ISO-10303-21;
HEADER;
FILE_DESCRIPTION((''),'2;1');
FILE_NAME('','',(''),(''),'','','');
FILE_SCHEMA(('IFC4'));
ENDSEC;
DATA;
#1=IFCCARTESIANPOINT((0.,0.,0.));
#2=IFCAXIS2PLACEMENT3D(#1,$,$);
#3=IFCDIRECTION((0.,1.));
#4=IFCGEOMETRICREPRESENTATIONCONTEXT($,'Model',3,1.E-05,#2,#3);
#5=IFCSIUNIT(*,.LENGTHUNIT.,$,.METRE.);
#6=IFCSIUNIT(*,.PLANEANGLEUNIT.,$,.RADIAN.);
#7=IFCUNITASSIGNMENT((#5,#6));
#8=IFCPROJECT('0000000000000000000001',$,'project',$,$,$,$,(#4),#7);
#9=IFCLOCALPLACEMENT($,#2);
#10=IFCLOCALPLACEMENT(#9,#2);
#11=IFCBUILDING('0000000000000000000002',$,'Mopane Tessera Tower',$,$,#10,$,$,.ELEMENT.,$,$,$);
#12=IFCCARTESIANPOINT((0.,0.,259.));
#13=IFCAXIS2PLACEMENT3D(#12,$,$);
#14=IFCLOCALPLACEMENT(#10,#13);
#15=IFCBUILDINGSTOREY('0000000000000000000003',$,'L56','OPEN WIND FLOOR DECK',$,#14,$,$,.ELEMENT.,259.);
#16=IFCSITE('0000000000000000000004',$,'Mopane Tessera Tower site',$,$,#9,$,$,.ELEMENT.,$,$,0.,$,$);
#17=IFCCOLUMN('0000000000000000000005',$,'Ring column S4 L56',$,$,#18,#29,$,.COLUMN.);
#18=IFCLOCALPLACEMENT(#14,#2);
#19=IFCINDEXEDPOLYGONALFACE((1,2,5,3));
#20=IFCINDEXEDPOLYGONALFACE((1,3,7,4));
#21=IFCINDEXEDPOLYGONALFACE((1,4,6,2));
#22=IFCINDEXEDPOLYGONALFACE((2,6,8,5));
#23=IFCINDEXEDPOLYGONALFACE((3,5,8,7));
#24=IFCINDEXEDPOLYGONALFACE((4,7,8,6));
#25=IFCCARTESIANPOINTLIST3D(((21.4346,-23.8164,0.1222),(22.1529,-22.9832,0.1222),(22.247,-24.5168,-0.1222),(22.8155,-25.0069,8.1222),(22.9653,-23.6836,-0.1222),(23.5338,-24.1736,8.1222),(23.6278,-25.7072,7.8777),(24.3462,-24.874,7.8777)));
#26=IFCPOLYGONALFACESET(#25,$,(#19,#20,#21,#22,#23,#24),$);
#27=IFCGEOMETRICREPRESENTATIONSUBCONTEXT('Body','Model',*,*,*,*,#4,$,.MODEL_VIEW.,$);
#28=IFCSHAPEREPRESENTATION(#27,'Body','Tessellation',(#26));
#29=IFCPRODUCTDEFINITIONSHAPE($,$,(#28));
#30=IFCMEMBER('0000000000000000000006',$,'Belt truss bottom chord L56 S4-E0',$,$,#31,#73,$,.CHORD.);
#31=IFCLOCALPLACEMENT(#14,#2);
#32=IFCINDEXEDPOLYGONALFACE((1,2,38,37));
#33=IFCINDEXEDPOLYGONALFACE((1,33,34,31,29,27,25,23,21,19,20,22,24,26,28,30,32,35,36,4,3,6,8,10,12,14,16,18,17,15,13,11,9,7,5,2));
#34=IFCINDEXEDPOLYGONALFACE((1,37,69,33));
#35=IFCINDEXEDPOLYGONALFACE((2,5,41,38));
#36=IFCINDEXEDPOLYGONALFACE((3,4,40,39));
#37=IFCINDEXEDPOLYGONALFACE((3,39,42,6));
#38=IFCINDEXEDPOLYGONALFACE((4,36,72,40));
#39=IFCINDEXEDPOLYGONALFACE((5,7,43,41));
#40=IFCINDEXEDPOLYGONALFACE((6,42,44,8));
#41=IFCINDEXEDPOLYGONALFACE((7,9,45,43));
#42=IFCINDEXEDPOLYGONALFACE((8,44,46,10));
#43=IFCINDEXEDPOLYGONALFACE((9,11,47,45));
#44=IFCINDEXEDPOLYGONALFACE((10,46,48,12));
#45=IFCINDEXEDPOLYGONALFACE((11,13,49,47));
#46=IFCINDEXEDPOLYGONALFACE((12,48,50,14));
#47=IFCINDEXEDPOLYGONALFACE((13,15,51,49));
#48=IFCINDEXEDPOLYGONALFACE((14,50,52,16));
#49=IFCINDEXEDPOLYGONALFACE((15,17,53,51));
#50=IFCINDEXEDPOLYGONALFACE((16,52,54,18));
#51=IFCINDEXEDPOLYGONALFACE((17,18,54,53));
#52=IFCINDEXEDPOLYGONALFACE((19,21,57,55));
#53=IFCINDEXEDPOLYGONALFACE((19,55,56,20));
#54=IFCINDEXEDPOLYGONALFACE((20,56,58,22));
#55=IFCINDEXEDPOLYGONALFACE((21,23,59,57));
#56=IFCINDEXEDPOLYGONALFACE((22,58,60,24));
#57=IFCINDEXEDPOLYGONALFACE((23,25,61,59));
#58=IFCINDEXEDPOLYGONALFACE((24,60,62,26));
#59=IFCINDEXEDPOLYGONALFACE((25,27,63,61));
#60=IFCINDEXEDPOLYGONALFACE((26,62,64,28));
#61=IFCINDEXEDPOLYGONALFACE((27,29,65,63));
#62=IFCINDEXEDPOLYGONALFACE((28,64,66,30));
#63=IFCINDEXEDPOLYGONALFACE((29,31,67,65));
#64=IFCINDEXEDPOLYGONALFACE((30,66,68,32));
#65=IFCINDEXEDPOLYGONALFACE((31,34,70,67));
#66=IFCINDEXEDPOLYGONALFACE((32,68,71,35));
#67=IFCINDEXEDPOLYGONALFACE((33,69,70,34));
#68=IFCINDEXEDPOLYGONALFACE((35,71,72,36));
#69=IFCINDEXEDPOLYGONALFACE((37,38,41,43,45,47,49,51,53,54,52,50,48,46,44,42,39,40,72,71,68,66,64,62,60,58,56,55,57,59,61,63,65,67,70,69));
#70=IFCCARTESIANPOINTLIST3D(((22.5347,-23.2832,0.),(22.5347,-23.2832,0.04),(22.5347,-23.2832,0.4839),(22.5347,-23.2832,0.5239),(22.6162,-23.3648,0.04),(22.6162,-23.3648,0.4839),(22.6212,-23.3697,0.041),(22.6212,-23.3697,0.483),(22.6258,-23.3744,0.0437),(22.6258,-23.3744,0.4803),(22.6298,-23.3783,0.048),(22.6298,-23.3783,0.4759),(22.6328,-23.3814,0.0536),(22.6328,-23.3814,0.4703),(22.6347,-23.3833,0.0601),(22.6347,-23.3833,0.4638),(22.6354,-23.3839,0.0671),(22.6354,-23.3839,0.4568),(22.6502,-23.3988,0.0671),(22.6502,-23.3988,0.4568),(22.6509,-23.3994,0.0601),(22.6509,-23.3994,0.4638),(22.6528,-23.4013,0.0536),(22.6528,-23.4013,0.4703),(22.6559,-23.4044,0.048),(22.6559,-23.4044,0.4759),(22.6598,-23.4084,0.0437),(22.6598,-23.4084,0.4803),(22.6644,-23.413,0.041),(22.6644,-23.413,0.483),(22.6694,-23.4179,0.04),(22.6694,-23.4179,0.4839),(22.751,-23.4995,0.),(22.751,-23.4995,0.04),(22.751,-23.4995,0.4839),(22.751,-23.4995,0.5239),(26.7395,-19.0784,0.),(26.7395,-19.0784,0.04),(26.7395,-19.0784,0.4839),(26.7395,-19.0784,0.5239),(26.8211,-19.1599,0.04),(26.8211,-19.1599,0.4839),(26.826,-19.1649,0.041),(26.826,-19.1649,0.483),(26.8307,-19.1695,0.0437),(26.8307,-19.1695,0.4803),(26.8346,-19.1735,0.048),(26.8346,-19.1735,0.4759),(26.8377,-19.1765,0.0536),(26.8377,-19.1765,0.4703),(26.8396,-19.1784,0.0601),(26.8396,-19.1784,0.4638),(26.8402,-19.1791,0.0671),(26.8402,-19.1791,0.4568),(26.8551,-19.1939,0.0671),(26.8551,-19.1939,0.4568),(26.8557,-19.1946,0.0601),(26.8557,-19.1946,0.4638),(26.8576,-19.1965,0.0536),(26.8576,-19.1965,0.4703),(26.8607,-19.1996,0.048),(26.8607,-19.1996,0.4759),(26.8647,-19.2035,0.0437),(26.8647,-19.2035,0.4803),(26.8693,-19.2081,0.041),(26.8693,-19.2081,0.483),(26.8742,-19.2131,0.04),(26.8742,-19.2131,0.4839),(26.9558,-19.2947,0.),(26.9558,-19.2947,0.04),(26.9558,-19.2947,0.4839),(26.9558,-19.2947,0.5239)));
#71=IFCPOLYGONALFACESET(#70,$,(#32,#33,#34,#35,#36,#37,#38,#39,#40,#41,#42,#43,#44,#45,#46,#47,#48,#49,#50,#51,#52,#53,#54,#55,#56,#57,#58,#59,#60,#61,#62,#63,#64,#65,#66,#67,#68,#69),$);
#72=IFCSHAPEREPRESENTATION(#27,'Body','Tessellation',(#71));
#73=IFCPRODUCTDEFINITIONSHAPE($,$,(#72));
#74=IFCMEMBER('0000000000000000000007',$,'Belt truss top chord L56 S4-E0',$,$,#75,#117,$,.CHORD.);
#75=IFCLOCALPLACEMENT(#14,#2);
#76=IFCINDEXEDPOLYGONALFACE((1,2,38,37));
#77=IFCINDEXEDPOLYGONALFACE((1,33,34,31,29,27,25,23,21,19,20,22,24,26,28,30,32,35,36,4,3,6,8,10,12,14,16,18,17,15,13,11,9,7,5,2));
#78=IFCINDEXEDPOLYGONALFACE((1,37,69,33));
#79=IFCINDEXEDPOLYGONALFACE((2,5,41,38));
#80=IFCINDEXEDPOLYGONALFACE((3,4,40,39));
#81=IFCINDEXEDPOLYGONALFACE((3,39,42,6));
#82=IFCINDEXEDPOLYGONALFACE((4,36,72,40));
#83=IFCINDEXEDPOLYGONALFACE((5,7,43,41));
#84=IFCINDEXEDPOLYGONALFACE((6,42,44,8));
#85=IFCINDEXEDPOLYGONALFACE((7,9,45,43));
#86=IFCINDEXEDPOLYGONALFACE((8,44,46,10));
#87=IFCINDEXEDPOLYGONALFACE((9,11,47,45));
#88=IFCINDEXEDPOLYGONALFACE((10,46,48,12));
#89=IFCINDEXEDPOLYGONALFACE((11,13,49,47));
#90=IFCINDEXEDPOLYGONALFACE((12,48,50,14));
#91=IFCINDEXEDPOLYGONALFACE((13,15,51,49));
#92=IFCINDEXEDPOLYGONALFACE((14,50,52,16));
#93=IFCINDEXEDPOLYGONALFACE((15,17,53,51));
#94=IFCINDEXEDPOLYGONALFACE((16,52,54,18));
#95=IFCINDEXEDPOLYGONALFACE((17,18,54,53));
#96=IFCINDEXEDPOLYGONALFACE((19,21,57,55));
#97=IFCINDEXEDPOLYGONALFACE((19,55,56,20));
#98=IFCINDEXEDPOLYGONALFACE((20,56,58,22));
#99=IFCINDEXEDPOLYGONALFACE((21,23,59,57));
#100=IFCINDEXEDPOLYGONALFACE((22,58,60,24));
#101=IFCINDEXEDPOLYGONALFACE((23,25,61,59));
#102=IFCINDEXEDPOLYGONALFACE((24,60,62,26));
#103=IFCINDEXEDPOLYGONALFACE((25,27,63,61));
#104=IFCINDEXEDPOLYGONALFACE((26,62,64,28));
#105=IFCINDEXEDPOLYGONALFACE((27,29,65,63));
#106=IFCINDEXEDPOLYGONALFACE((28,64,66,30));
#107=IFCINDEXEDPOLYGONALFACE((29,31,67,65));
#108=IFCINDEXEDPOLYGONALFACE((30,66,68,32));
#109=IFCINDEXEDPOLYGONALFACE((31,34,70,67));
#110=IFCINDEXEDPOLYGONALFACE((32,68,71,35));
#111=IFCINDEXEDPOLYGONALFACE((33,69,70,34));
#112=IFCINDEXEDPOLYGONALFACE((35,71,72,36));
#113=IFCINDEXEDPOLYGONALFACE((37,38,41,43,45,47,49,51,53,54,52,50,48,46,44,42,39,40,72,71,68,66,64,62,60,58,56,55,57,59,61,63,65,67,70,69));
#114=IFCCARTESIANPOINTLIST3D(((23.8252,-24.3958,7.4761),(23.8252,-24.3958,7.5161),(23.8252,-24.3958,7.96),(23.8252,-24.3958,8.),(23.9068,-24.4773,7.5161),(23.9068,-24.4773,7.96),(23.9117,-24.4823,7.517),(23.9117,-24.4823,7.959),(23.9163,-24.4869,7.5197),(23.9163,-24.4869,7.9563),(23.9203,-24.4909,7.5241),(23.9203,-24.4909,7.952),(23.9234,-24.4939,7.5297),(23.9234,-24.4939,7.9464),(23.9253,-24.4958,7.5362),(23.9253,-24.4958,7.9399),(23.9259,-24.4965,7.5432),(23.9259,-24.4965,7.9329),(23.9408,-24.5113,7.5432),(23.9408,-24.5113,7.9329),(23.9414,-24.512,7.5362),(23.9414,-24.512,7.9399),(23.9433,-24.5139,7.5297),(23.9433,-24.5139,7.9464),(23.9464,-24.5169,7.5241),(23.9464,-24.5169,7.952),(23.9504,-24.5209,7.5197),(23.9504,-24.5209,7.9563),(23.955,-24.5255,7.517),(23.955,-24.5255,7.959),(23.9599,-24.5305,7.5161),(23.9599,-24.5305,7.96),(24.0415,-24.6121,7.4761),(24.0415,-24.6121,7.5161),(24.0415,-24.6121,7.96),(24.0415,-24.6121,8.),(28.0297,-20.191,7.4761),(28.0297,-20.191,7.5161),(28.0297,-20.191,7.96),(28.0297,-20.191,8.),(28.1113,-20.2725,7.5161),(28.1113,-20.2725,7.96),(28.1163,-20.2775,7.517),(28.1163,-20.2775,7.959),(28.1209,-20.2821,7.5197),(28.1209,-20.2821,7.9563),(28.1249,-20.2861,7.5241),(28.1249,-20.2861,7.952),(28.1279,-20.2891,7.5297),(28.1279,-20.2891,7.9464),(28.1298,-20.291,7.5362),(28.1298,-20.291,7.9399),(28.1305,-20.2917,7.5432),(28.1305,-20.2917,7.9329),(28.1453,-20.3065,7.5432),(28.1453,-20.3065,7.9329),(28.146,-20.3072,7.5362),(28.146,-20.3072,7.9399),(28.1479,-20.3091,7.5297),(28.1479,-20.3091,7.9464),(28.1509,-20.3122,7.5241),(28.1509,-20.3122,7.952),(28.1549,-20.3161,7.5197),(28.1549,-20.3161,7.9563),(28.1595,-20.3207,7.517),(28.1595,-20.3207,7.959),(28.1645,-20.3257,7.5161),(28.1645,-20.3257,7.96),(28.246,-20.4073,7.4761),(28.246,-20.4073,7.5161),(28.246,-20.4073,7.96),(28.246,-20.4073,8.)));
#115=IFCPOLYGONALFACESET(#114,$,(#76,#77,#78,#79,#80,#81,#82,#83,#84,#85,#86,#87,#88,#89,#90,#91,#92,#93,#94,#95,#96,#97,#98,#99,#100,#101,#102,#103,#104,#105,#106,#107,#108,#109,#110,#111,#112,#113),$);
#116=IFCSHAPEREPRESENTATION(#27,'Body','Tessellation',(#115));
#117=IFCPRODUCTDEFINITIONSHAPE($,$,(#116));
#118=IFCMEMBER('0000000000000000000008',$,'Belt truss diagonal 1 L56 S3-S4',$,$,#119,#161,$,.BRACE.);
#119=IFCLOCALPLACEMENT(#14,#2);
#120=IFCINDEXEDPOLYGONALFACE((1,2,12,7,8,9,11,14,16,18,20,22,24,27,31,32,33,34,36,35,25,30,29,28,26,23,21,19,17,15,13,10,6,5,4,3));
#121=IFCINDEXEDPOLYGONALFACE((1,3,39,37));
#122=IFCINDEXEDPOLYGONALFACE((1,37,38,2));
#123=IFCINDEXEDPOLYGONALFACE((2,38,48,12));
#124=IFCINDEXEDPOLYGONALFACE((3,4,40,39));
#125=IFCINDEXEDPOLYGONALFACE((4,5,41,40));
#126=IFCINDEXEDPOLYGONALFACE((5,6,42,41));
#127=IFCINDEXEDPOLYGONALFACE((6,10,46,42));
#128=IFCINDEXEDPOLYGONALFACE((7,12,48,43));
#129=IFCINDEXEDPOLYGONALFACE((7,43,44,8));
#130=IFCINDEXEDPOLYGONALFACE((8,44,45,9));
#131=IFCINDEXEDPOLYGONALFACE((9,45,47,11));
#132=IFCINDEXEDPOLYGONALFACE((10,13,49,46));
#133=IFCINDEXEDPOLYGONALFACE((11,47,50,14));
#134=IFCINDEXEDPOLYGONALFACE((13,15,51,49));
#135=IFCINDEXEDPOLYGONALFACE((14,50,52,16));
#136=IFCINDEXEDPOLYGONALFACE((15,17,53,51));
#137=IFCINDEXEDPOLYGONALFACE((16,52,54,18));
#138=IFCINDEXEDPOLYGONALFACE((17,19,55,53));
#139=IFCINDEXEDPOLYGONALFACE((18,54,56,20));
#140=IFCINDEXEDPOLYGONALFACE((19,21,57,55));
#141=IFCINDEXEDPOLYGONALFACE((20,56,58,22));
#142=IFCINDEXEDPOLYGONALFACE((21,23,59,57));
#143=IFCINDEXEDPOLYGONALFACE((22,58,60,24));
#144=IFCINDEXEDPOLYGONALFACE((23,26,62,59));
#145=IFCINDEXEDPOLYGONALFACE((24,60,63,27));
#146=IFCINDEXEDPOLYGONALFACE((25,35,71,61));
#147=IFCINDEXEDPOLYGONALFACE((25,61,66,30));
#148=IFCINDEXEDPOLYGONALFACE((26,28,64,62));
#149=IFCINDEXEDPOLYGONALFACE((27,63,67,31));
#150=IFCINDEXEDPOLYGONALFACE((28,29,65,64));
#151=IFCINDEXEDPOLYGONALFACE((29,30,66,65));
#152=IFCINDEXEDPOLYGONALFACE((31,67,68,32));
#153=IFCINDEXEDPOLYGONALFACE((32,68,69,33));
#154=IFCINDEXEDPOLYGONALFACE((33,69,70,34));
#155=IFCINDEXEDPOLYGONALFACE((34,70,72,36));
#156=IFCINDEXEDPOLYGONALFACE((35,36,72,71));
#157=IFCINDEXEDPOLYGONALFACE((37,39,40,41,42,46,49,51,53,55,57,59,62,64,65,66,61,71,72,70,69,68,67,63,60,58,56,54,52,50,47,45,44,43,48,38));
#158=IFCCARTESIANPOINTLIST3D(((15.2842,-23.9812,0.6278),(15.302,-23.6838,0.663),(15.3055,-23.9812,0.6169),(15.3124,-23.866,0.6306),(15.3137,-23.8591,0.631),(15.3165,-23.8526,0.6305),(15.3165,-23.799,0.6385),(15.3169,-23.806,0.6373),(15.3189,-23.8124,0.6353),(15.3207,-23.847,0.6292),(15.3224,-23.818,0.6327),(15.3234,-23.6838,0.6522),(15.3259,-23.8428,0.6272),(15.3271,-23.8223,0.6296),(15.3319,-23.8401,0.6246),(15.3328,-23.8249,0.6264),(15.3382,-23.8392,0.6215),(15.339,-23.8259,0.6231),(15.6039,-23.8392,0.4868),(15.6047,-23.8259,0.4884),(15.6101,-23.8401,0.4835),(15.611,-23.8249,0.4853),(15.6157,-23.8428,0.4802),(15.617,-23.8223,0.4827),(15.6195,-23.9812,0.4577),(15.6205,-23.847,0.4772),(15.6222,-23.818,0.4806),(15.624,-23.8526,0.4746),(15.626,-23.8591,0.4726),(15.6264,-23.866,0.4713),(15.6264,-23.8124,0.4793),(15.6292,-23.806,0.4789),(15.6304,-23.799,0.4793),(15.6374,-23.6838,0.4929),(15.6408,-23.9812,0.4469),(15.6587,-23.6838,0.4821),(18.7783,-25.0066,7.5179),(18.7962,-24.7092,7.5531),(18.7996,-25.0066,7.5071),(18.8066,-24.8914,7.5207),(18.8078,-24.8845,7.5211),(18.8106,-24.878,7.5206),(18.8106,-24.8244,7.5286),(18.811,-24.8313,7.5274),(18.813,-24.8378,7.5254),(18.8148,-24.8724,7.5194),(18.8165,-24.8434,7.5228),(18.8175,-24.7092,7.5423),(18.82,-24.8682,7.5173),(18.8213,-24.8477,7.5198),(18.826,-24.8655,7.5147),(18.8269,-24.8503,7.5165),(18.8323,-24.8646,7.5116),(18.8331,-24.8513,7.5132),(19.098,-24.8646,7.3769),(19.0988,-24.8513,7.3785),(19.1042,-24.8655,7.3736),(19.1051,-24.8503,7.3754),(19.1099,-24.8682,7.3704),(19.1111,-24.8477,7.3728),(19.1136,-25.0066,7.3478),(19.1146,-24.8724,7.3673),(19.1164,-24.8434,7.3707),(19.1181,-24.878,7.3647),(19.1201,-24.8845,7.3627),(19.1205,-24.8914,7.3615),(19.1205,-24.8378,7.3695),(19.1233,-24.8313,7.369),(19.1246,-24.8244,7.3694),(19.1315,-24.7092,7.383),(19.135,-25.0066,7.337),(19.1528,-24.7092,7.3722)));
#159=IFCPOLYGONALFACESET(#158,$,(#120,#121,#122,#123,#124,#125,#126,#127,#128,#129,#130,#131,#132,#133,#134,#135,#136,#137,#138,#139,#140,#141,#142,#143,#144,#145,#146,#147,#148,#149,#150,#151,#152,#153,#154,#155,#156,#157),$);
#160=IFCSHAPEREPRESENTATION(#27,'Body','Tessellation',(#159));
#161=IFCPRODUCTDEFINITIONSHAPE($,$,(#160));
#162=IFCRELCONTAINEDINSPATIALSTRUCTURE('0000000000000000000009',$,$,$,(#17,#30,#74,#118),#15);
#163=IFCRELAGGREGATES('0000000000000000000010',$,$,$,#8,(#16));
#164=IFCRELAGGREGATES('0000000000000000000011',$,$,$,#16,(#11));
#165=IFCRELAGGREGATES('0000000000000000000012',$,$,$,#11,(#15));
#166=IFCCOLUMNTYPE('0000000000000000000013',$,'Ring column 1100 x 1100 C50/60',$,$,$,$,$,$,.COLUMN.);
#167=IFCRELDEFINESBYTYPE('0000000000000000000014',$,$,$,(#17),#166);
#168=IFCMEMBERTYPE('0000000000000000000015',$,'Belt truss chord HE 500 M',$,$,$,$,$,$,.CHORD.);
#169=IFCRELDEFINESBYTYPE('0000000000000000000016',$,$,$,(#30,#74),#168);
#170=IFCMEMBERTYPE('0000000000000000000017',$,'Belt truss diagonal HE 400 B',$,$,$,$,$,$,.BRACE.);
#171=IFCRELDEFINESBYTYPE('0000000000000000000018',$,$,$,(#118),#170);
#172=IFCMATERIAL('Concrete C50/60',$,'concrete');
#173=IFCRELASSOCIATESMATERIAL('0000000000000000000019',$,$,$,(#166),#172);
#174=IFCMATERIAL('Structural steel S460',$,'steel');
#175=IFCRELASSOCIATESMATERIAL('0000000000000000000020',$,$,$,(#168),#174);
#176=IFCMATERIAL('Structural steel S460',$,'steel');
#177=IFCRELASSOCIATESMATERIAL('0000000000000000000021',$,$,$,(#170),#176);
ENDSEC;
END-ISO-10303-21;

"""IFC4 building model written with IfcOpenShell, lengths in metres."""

from ifc_helpers import new_model, si_unit, direction, frame, origin, origin_2d, place, context, subcontext, project, spatial, rectangle, i_section, extrude, material, material_profile, profile_set, type_object, element, save


model = new_model("IFC4")

# Units and contexts
model_context = context("Model", 3, precision=1e-05, world=origin(), true_north=direction((0.0, 1.0)))
body_context = subcontext(model_context, "Body", "Model", "MODEL_VIEW")
ifc_project = project(units=[si_unit("LENGTHUNIT", "METRE"), si_unit("PLANEANGLEUNIT", "RADIAN")], contexts=[model_context])

# Site, building, storey
site_placement = place(None, origin())
site = spatial("IfcSite", under=ifc_project, at=site_placement, Name="Mopane Tessera Tower site", CompositionType="ELEMENT", RefElevation=0.0)
building_placement = place(site_placement, origin())
building = spatial("IfcBuilding", under=site, at=building_placement, Name="Mopane Tessera Tower", CompositionType="ELEMENT")
storey_placement = place(building_placement, frame((0.0, 0.0, 259.0)))
storey = spatial("IfcBuildingStorey", under=building, at=storey_placement, Name="L56", Description="OPEN WIND FLOOR DECK", CompositionType="ELEMENT", Elevation=259.0)

# Column
ifc_material_1 = material(Name="Concrete C50/60", Category="concrete")
ifc_material_profile_1 = material_profile(ifc_material_1, rectangle(XDim=1.1001, YDim=1.1001, at=origin_2d()))
ifc_profile_set_1 = profile_set([ifc_material_profile_1], Name="Concrete C50/60")
column_type = type_object("IfcColumnType", Name="Ring column 1100 x 1100 C50/60", PredefinedType="COLUMN", material=ifc_profile_set_1)
column_placement = place(storey_placement, frame((22.2, -23.75, 0.0), z_axis=(0.168293, -0.145084, 0.975002), x_axis=(0.65295, 0.757401, 0.0)))
element("IfcColumn", 1, at=column_placement, inside=storey, type_object=column_type, Name="Ring column S4 L56", PredefinedType="COLUMN", context=body_context, shape_type="SweptSolid", body=[
    extrude(rectangle(XDim=1.1001, YDim=1.1001, at=origin_2d()), origin(), (0.0, 0.0, 1.0), 8.2051),
])

# Members
ifc_material_2 = material(Name="Structural steel S460", Category="steel")
ifc_material_profile_2 = material_profile(ifc_material_2, i_section(OverallWidth=0.3059, OverallDepth=0.5239, WebThickness=0.021, FlangeThickness=0.04, FilletRadius=0.0271, at=origin_2d()))
ifc_profile_set_2 = profile_set([ifc_material_profile_2], Name="Structural steel S460")
member_type_1 = type_object("IfcMemberType", Name="Belt truss chord HE 500 M", PredefinedType="CHORD", material=ifc_profile_set_2)
member_1_placement = place(storey_placement, frame((22.6428, -23.3914, 0.262), z_axis=(0.707107, 0.707107, 0.0), x_axis=(-0.707107, 0.707107, 0.0)))
element("IfcMember", 2, at=member_1_placement, inside=storey, type_object=member_type_1, Name="Belt truss bottom chord L56 S4-E0", PredefinedType="CHORD", context=body_context, shape_type="SweptSolid", body=[
    extrude(i_section(OverallWidth=0.3059, OverallDepth=0.5239, WebThickness=0.021, FlangeThickness=0.04, FilletRadius=0.0271, at=origin_2d()), origin(), (0.0, 0.0, 1.0), 5.9465),
])
member_2_placement = place(storey_placement, frame((23.9333, -24.5039, 7.738), z_axis=(0.707086, 0.707127, 0.0), x_axis=(-0.707127, 0.707086, 0.0)))
element("IfcMember", 3, at=member_2_placement, inside=storey, type_object=member_type_1, Name="Belt truss top chord L56 S4-E0", PredefinedType="CHORD", context=body_context, shape_type="SweptSolid", body=[
    extrude(i_section(OverallWidth=0.3059, OverallDepth=0.5239, WebThickness=0.021, FlangeThickness=0.04, FilletRadius=0.0271, at=origin_2d()), origin(), (0.0, 0.0, 1.0), 5.9463),
])
ifc_material_3 = material(Name="Structural steel S460", Category="steel")
ifc_material_profile_3 = material_profile(ifc_material_3, i_section(OverallWidth=0.3, OverallDepth=0.3999, WebThickness=0.0134, FlangeThickness=0.0239, FilletRadius=0.0271, at=origin_2d()))
ifc_profile_set_3 = profile_set([ifc_material_profile_3], Name="Structural steel S460")
member_type_2 = type_object("IfcMemberType", Name="Belt truss diagonal HE 400 B", PredefinedType="BRACE", material=ifc_profile_set_3)
member_3_placement = place(storey_placement, frame((15.4714, -23.8325, 0.5549), z_axis=(0.448356, -0.131575, 0.884118), x_axis=(0.059511, 0.991306, 0.117347)))
element("IfcMember", 4, at=member_3_placement, inside=storey, type_object=member_type_2, Name="Belt truss diagonal 1 L56 S3-S4", PredefinedType="BRACE", context=body_context, shape_type="SweptSolid", body=[
    extrude(i_section(OverallWidth=0.3, OverallDepth=0.3999, WebThickness=0.0134, FlangeThickness=0.0239, FilletRadius=0.0271, at=origin_2d()), origin(), (0.0, 0.0, 1.0), 7.7932),
])

save(model, "model.ifc")
